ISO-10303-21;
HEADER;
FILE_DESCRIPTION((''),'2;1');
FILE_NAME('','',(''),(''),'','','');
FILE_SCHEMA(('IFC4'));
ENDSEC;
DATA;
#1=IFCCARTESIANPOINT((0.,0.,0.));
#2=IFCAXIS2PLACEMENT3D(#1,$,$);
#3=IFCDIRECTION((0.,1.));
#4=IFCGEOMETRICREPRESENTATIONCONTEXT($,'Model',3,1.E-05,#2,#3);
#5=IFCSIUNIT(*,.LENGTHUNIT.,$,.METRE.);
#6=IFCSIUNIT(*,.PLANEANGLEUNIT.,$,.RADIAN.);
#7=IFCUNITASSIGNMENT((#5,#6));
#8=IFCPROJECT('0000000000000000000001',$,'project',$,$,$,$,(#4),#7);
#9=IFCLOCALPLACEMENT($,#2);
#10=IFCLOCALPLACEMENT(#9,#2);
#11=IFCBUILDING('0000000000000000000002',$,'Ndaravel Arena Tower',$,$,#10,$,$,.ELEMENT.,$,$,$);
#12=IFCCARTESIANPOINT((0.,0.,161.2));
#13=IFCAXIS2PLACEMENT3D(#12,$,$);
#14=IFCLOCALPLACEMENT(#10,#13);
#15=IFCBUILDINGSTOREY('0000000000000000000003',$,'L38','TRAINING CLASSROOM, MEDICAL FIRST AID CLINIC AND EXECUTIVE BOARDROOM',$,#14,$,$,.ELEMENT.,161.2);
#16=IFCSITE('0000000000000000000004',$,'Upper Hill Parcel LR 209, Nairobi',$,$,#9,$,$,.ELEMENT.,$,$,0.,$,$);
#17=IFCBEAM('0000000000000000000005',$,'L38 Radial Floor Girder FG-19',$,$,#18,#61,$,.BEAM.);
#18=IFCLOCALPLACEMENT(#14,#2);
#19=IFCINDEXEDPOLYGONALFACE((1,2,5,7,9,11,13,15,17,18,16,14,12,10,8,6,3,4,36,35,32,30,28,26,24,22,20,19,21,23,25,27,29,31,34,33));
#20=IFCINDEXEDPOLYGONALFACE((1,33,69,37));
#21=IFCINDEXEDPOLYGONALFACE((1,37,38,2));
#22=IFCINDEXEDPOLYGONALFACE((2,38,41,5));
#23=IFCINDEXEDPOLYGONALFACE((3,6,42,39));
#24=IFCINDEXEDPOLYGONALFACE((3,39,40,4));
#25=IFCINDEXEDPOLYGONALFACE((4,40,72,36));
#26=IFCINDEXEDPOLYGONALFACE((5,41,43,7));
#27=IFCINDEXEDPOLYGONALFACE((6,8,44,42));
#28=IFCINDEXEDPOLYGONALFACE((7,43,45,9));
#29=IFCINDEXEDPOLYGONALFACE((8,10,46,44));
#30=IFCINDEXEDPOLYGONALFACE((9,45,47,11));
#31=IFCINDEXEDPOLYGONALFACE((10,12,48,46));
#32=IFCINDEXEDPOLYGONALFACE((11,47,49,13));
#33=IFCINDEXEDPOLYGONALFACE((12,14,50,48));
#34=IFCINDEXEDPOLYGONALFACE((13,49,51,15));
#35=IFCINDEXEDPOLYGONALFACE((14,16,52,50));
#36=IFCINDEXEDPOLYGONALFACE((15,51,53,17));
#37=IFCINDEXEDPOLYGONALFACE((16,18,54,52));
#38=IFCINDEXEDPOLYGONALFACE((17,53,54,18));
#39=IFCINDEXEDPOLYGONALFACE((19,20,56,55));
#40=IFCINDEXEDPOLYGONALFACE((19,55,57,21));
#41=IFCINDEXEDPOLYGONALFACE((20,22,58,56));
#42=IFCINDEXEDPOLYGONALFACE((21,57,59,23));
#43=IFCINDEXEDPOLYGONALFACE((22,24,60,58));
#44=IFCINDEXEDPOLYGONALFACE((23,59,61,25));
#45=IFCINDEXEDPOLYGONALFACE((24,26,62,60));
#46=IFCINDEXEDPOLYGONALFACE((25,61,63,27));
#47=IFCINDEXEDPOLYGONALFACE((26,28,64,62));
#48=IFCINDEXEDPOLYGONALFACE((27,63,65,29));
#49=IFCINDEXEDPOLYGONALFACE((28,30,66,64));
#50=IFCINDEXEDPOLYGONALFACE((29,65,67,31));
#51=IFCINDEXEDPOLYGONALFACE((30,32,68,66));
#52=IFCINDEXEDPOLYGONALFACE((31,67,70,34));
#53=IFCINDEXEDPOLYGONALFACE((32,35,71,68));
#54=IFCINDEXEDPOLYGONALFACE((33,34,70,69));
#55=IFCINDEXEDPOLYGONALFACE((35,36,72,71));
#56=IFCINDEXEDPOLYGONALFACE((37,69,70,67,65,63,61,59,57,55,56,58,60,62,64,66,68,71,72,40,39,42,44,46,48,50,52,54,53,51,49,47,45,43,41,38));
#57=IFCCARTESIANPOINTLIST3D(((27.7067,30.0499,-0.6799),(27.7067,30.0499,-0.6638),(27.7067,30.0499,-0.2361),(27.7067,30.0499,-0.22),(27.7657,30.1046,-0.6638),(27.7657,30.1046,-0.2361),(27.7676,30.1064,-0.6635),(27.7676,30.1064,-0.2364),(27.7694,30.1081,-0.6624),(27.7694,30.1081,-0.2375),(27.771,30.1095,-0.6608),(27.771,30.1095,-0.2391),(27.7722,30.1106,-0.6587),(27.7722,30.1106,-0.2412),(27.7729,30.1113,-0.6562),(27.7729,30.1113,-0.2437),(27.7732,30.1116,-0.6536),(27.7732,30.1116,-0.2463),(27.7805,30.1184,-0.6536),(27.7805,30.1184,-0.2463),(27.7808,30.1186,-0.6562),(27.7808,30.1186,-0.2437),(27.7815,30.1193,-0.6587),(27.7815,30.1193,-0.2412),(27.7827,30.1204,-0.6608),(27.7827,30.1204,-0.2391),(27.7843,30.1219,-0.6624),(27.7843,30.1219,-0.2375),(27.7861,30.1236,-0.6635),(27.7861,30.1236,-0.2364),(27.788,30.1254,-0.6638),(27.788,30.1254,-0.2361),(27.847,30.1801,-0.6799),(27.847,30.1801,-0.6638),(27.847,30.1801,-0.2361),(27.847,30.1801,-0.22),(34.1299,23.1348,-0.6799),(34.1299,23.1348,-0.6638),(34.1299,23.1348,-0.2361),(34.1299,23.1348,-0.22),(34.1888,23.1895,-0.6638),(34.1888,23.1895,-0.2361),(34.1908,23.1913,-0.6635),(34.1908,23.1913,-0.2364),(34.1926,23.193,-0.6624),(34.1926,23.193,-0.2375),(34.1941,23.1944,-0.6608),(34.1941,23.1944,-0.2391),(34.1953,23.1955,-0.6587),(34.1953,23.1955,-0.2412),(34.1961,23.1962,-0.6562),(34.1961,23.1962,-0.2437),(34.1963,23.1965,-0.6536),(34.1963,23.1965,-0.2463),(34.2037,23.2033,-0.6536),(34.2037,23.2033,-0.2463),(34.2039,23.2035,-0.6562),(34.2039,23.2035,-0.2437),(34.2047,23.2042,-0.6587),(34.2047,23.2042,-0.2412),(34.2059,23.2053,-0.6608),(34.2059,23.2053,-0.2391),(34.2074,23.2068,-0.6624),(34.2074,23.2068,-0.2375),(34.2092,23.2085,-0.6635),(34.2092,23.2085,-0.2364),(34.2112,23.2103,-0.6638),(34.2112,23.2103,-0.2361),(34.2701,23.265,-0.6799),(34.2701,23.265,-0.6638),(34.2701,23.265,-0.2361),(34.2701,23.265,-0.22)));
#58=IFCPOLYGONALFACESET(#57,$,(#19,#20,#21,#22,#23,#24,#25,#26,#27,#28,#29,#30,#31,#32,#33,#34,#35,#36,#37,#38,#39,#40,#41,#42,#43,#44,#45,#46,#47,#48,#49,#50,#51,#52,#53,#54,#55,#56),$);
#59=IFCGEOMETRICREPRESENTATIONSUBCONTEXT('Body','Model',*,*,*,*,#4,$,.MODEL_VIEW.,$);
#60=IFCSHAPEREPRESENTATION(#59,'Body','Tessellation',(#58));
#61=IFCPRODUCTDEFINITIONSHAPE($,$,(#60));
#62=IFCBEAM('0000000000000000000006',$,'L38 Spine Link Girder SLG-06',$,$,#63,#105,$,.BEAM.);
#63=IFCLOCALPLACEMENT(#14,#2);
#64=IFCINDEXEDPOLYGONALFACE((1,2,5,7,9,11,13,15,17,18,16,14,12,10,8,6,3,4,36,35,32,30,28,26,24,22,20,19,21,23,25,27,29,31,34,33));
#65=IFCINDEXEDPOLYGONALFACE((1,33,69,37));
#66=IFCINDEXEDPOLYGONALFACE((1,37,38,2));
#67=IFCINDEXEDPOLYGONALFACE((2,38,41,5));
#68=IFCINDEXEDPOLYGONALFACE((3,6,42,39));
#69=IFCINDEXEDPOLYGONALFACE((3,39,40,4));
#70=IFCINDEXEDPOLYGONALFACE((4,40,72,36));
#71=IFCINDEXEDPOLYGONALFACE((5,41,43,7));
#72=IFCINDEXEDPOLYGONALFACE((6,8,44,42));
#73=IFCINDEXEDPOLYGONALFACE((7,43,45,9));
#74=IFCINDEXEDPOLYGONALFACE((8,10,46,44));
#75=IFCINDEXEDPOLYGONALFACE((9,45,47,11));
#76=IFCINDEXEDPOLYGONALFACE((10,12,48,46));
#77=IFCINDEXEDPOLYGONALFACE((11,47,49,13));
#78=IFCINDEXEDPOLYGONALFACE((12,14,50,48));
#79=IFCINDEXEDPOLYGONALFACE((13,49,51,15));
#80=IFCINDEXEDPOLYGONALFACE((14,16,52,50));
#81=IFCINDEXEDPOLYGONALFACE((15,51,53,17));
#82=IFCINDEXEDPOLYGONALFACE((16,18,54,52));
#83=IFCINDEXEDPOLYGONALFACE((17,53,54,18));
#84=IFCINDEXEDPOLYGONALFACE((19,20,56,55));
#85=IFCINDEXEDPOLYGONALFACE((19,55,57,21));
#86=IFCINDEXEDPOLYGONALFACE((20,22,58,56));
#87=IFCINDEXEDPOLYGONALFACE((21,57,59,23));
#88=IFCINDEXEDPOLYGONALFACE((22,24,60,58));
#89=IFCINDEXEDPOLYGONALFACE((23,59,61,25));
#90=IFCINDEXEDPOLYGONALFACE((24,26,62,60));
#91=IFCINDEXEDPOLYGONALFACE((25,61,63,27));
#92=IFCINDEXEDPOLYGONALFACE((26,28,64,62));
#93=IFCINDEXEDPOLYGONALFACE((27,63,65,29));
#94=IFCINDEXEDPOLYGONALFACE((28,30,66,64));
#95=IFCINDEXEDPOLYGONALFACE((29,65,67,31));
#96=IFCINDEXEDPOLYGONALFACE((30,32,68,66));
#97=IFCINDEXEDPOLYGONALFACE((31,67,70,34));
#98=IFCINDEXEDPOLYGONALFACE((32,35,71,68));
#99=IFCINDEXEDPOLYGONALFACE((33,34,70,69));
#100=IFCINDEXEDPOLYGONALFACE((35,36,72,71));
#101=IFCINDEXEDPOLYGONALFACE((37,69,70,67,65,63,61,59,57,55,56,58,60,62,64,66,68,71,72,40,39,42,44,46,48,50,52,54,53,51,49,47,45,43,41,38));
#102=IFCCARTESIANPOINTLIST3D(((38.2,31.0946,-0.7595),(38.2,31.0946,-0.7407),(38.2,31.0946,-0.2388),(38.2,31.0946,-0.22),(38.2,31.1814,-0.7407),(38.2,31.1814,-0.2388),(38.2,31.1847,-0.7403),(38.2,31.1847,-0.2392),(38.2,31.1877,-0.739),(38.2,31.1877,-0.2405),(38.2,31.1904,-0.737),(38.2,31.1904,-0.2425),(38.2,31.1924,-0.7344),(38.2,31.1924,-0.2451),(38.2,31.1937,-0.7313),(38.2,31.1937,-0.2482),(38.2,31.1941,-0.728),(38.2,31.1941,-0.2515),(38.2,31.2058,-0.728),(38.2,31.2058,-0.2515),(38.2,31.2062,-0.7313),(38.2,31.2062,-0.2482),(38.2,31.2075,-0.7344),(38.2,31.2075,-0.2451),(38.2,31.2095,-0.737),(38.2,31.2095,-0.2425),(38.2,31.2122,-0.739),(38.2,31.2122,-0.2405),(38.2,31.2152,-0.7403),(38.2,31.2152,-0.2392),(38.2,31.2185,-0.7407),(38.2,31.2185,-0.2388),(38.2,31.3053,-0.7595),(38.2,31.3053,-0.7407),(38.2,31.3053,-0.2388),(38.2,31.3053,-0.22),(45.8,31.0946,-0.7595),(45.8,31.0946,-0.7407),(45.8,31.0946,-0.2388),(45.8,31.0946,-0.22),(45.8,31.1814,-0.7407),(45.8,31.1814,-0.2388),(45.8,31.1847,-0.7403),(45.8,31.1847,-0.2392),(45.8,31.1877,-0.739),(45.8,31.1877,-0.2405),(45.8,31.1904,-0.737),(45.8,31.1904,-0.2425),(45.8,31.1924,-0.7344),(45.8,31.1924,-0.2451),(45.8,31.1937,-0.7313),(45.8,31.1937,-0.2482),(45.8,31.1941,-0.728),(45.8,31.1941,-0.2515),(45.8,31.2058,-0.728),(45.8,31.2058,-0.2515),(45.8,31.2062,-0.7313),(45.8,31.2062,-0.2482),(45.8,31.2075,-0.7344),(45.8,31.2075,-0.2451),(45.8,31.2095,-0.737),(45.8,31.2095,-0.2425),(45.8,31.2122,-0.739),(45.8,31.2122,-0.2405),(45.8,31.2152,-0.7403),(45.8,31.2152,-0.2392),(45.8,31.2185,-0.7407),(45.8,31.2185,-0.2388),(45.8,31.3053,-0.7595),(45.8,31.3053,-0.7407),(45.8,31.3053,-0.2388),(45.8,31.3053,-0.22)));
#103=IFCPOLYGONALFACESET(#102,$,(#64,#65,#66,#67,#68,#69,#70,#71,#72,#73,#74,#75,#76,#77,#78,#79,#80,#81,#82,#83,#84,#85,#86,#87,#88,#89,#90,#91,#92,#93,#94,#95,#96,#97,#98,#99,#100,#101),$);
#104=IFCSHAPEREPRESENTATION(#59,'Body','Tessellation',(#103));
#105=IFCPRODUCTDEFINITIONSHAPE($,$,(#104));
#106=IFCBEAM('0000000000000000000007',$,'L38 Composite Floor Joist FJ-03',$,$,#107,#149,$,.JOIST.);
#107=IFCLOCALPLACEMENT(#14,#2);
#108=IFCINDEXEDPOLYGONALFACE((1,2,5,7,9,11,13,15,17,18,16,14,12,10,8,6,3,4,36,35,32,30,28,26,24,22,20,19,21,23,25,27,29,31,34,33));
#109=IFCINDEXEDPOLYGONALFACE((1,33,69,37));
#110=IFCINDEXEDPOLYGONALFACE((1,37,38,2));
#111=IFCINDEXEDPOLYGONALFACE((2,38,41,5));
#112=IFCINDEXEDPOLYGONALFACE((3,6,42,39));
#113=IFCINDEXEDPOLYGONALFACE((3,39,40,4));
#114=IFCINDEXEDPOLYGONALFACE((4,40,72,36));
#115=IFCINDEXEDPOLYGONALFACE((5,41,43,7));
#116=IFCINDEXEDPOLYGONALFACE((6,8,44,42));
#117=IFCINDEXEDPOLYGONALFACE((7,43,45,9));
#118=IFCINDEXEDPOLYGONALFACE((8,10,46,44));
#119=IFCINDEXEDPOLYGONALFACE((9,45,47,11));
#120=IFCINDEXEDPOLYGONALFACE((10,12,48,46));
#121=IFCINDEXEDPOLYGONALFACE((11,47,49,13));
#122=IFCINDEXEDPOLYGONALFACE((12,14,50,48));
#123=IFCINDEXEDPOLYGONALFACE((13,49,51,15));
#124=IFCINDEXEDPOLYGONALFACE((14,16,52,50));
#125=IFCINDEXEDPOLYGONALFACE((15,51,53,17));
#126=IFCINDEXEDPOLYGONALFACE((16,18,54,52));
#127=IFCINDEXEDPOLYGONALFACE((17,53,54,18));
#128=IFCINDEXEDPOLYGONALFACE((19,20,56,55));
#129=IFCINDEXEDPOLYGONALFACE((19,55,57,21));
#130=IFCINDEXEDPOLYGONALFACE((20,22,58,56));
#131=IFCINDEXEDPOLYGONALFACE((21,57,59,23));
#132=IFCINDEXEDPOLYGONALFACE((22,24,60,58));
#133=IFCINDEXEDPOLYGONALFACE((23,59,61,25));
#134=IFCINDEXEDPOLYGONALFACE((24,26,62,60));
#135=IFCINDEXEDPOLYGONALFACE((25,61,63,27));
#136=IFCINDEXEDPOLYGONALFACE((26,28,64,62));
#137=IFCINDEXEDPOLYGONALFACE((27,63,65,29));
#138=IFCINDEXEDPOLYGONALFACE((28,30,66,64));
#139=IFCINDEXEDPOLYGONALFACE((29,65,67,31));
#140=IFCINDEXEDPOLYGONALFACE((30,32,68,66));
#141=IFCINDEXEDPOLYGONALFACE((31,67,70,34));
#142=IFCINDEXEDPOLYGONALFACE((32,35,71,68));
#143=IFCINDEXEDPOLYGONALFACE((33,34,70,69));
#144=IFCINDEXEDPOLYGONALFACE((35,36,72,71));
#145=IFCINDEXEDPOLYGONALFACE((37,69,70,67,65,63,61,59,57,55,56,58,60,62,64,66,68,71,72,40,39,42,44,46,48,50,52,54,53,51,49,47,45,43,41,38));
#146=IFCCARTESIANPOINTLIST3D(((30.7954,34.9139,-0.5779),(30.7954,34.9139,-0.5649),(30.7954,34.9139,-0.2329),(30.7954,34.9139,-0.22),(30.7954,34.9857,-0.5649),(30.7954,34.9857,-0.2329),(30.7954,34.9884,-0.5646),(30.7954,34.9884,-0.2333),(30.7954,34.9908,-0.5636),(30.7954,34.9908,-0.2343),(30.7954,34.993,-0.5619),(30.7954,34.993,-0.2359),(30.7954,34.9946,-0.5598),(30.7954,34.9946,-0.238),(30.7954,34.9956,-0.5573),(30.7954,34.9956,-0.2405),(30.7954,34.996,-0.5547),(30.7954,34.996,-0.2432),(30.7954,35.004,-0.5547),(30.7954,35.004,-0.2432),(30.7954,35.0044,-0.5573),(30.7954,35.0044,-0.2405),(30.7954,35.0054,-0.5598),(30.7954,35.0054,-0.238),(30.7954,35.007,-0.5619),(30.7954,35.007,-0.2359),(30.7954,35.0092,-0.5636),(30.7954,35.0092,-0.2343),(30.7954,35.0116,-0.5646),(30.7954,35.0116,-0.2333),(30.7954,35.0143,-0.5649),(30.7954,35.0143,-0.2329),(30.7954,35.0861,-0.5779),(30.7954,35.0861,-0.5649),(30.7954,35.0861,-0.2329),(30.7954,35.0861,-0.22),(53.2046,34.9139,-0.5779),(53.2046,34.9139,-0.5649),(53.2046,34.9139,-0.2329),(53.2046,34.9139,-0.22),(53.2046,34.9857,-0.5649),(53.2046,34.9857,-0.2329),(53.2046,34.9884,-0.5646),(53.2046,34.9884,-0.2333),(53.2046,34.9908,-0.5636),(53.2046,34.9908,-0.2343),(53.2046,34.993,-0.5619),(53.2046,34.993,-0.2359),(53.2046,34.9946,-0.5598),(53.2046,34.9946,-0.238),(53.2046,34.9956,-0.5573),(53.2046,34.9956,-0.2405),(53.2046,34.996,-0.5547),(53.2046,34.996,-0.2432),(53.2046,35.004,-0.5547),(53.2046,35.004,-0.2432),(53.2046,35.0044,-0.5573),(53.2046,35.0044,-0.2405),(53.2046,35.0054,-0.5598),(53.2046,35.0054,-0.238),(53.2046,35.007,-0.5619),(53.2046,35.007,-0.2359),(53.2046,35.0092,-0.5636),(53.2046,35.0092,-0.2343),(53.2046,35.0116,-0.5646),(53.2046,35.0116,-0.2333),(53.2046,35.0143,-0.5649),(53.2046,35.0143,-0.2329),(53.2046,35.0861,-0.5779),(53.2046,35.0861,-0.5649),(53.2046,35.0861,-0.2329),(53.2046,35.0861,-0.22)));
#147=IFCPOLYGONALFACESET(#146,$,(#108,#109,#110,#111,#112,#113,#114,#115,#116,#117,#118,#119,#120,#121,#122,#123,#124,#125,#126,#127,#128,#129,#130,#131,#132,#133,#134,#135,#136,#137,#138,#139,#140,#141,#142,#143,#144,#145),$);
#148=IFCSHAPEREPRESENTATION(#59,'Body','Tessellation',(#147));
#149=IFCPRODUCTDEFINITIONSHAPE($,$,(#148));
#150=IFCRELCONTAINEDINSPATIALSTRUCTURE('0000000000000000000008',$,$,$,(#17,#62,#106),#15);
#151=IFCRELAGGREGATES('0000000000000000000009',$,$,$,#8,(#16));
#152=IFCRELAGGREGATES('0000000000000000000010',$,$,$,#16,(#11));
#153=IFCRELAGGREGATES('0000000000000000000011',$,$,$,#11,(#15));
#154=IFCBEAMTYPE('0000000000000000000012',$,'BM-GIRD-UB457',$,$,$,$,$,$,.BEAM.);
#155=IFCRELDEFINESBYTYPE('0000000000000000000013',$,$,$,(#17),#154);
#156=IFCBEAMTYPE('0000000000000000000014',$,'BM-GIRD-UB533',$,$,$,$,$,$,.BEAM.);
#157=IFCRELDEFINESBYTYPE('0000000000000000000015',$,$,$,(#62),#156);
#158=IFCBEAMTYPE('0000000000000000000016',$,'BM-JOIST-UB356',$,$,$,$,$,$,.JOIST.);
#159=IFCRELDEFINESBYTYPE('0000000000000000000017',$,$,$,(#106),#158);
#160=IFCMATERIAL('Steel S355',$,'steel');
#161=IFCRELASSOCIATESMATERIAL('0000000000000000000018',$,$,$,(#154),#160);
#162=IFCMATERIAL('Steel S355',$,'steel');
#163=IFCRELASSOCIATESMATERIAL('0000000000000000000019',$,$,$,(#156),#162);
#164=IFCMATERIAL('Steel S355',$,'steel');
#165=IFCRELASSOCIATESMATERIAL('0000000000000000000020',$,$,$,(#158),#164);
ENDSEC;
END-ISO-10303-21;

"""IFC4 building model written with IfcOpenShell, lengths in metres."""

from ifc_helpers import new_model, si_unit, direction, frame, origin, origin_2d, place, context, subcontext, project, spatial, i_section, extrude, material, material_profile, profile_set, type_object, element, save


model = new_model("IFC4")

# Units and contexts
model_context = context("Model", 3, precision=1e-05, world=origin(), true_north=direction((0.0, 1.0)))
body_context = subcontext(model_context, "Body", "Model", "MODEL_VIEW")
ifc_project = project(units=[si_unit("LENGTHUNIT", "METRE"), si_unit("PLANEANGLEUNIT", "RADIAN")], contexts=[model_context])

# Site, building, storey
site_placement = place(None, origin())
site = spatial("IfcSite", under=ifc_project, at=site_placement, Name="Upper Hill Parcel LR 209, Nairobi", CompositionType="ELEMENT", RefElevation=0.0)
building_placement = place(site_placement, origin())
building = spatial("IfcBuilding", under=site, at=building_placement, Name="Ndaravel Arena Tower", CompositionType="ELEMENT")
storey_placement = place(building_placement, frame((0.0, 0.0, 161.2)))
storey = spatial("IfcBuildingStorey", under=building, at=storey_placement, Name="L38", Description="TRAINING CLASSROOM, MEDICAL FIRST AID CLINIC AND EXECUTIVE BOARDROOM", CompositionType="ELEMENT", Elevation=161.2)

# Beams
ifc_material_1 = material(Name="Steel S355", Category="steel")
ifc_material_profile_1 = material_profile(ifc_material_1, i_section(OverallWidth=0.1914, OverallDepth=0.46, WebThickness=0.01, FlangeThickness=0.0161, FilletRadius=0.0103, at=origin_2d()), Name="UB 457x191x82")
ifc_profile_set_1 = profile_set([ifc_material_profile_1], Name="Steel S355")
beam_type_1 = type_object("IfcBeamType", Name="BM-GIRD-UB457", PredefinedType="BEAM", material=ifc_profile_set_1)
beam_1_placement = place(storey_placement, frame((27.7769, 30.115, -0.45), z_axis=(0.680564, -0.732688, 0.0), x_axis=(0.732688, 0.680564, 0.0)))
element("IfcBeam", 1, at=beam_1_placement, inside=storey, type_object=beam_type_1, Name="L38 Radial Floor Girder FG-19", PredefinedType="BEAM", context=body_context, shape_type="SweptSolid", body=[
    extrude(i_section(OverallWidth=0.1914, OverallDepth=0.46, WebThickness=0.01, FlangeThickness=0.0161, FilletRadius=0.0103, at=origin_2d()), origin(), (0.0, 0.0, 1.0), 9.438),
])
ifc_material_2 = material(Name="Steel S355", Category="steel")
ifc_material_profile_2 = material_profile(ifc_material_2, i_section(OverallWidth=0.2107, OverallDepth=0.5396, WebThickness=0.0117, FlangeThickness=0.0188, FilletRadius=0.0127, at=origin_2d()), Name="UB 533x210x109")
ifc_profile_set_2 = profile_set([ifc_material_profile_2], Name="Steel S355")
beam_type_2 = type_object("IfcBeamType", Name="BM-GIRD-UB533", PredefinedType="BEAM", material=ifc_profile_set_2)
beam_2_placement = place(storey_placement, frame((38.2, 31.2, -0.4897), z_axis=(1.0, 0.0, 0.0), x_axis=(0.0, 1.0, 0.0)))
element("IfcBeam", 2, at=beam_2_placement, inside=storey, type_object=beam_type_2, Name="L38 Spine Link Girder SLG-06", PredefinedType="BEAM", context=body_context, shape_type="SweptSolid", body=[
    extrude(i_section(OverallWidth=0.2107, OverallDepth=0.5396, WebThickness=0.0117, FlangeThickness=0.0188, FilletRadius=0.0127, at=origin_2d()), origin(), (0.0, 0.0, 1.0), 7.6001),
])
ifc_material_3 = material(Name="Steel S355", Category="steel")
ifc_material_profile_3 = material_profile(ifc_material_3, i_section(OverallWidth=0.1721, OverallDepth=0.3579, WebThickness=0.0081, FlangeThickness=0.0129, FilletRadius=0.0103, at=origin_2d()), Name="UB 356x171x57")
ifc_profile_set_3 = profile_set([ifc_material_profile_3], Name="Steel S355")
beam_type_3 = type_object("IfcBeamType", Name="BM-JOIST-UB356", PredefinedType="JOIST", material=ifc_profile_set_3)
beam_3_placement = place(storey_placement, frame((30.7954, 35.0, -0.3989), z_axis=(1.0, 0.0, 0.0), x_axis=(0.0, 1.0, 0.0)))
element("IfcBeam", 3, at=beam_3_placement, inside=storey, type_object=beam_type_3, Name="L38 Composite Floor Joist FJ-03", PredefinedType="JOIST", context=body_context, shape_type="SweptSolid", body=[
    extrude(i_section(OverallWidth=0.1721, OverallDepth=0.3579, WebThickness=0.0081, FlangeThickness=0.0129, FilletRadius=0.0103, at=origin_2d()), origin(), (0.0, 0.0, 1.0), 22.4092),
])

save(model, "model.ifc")
